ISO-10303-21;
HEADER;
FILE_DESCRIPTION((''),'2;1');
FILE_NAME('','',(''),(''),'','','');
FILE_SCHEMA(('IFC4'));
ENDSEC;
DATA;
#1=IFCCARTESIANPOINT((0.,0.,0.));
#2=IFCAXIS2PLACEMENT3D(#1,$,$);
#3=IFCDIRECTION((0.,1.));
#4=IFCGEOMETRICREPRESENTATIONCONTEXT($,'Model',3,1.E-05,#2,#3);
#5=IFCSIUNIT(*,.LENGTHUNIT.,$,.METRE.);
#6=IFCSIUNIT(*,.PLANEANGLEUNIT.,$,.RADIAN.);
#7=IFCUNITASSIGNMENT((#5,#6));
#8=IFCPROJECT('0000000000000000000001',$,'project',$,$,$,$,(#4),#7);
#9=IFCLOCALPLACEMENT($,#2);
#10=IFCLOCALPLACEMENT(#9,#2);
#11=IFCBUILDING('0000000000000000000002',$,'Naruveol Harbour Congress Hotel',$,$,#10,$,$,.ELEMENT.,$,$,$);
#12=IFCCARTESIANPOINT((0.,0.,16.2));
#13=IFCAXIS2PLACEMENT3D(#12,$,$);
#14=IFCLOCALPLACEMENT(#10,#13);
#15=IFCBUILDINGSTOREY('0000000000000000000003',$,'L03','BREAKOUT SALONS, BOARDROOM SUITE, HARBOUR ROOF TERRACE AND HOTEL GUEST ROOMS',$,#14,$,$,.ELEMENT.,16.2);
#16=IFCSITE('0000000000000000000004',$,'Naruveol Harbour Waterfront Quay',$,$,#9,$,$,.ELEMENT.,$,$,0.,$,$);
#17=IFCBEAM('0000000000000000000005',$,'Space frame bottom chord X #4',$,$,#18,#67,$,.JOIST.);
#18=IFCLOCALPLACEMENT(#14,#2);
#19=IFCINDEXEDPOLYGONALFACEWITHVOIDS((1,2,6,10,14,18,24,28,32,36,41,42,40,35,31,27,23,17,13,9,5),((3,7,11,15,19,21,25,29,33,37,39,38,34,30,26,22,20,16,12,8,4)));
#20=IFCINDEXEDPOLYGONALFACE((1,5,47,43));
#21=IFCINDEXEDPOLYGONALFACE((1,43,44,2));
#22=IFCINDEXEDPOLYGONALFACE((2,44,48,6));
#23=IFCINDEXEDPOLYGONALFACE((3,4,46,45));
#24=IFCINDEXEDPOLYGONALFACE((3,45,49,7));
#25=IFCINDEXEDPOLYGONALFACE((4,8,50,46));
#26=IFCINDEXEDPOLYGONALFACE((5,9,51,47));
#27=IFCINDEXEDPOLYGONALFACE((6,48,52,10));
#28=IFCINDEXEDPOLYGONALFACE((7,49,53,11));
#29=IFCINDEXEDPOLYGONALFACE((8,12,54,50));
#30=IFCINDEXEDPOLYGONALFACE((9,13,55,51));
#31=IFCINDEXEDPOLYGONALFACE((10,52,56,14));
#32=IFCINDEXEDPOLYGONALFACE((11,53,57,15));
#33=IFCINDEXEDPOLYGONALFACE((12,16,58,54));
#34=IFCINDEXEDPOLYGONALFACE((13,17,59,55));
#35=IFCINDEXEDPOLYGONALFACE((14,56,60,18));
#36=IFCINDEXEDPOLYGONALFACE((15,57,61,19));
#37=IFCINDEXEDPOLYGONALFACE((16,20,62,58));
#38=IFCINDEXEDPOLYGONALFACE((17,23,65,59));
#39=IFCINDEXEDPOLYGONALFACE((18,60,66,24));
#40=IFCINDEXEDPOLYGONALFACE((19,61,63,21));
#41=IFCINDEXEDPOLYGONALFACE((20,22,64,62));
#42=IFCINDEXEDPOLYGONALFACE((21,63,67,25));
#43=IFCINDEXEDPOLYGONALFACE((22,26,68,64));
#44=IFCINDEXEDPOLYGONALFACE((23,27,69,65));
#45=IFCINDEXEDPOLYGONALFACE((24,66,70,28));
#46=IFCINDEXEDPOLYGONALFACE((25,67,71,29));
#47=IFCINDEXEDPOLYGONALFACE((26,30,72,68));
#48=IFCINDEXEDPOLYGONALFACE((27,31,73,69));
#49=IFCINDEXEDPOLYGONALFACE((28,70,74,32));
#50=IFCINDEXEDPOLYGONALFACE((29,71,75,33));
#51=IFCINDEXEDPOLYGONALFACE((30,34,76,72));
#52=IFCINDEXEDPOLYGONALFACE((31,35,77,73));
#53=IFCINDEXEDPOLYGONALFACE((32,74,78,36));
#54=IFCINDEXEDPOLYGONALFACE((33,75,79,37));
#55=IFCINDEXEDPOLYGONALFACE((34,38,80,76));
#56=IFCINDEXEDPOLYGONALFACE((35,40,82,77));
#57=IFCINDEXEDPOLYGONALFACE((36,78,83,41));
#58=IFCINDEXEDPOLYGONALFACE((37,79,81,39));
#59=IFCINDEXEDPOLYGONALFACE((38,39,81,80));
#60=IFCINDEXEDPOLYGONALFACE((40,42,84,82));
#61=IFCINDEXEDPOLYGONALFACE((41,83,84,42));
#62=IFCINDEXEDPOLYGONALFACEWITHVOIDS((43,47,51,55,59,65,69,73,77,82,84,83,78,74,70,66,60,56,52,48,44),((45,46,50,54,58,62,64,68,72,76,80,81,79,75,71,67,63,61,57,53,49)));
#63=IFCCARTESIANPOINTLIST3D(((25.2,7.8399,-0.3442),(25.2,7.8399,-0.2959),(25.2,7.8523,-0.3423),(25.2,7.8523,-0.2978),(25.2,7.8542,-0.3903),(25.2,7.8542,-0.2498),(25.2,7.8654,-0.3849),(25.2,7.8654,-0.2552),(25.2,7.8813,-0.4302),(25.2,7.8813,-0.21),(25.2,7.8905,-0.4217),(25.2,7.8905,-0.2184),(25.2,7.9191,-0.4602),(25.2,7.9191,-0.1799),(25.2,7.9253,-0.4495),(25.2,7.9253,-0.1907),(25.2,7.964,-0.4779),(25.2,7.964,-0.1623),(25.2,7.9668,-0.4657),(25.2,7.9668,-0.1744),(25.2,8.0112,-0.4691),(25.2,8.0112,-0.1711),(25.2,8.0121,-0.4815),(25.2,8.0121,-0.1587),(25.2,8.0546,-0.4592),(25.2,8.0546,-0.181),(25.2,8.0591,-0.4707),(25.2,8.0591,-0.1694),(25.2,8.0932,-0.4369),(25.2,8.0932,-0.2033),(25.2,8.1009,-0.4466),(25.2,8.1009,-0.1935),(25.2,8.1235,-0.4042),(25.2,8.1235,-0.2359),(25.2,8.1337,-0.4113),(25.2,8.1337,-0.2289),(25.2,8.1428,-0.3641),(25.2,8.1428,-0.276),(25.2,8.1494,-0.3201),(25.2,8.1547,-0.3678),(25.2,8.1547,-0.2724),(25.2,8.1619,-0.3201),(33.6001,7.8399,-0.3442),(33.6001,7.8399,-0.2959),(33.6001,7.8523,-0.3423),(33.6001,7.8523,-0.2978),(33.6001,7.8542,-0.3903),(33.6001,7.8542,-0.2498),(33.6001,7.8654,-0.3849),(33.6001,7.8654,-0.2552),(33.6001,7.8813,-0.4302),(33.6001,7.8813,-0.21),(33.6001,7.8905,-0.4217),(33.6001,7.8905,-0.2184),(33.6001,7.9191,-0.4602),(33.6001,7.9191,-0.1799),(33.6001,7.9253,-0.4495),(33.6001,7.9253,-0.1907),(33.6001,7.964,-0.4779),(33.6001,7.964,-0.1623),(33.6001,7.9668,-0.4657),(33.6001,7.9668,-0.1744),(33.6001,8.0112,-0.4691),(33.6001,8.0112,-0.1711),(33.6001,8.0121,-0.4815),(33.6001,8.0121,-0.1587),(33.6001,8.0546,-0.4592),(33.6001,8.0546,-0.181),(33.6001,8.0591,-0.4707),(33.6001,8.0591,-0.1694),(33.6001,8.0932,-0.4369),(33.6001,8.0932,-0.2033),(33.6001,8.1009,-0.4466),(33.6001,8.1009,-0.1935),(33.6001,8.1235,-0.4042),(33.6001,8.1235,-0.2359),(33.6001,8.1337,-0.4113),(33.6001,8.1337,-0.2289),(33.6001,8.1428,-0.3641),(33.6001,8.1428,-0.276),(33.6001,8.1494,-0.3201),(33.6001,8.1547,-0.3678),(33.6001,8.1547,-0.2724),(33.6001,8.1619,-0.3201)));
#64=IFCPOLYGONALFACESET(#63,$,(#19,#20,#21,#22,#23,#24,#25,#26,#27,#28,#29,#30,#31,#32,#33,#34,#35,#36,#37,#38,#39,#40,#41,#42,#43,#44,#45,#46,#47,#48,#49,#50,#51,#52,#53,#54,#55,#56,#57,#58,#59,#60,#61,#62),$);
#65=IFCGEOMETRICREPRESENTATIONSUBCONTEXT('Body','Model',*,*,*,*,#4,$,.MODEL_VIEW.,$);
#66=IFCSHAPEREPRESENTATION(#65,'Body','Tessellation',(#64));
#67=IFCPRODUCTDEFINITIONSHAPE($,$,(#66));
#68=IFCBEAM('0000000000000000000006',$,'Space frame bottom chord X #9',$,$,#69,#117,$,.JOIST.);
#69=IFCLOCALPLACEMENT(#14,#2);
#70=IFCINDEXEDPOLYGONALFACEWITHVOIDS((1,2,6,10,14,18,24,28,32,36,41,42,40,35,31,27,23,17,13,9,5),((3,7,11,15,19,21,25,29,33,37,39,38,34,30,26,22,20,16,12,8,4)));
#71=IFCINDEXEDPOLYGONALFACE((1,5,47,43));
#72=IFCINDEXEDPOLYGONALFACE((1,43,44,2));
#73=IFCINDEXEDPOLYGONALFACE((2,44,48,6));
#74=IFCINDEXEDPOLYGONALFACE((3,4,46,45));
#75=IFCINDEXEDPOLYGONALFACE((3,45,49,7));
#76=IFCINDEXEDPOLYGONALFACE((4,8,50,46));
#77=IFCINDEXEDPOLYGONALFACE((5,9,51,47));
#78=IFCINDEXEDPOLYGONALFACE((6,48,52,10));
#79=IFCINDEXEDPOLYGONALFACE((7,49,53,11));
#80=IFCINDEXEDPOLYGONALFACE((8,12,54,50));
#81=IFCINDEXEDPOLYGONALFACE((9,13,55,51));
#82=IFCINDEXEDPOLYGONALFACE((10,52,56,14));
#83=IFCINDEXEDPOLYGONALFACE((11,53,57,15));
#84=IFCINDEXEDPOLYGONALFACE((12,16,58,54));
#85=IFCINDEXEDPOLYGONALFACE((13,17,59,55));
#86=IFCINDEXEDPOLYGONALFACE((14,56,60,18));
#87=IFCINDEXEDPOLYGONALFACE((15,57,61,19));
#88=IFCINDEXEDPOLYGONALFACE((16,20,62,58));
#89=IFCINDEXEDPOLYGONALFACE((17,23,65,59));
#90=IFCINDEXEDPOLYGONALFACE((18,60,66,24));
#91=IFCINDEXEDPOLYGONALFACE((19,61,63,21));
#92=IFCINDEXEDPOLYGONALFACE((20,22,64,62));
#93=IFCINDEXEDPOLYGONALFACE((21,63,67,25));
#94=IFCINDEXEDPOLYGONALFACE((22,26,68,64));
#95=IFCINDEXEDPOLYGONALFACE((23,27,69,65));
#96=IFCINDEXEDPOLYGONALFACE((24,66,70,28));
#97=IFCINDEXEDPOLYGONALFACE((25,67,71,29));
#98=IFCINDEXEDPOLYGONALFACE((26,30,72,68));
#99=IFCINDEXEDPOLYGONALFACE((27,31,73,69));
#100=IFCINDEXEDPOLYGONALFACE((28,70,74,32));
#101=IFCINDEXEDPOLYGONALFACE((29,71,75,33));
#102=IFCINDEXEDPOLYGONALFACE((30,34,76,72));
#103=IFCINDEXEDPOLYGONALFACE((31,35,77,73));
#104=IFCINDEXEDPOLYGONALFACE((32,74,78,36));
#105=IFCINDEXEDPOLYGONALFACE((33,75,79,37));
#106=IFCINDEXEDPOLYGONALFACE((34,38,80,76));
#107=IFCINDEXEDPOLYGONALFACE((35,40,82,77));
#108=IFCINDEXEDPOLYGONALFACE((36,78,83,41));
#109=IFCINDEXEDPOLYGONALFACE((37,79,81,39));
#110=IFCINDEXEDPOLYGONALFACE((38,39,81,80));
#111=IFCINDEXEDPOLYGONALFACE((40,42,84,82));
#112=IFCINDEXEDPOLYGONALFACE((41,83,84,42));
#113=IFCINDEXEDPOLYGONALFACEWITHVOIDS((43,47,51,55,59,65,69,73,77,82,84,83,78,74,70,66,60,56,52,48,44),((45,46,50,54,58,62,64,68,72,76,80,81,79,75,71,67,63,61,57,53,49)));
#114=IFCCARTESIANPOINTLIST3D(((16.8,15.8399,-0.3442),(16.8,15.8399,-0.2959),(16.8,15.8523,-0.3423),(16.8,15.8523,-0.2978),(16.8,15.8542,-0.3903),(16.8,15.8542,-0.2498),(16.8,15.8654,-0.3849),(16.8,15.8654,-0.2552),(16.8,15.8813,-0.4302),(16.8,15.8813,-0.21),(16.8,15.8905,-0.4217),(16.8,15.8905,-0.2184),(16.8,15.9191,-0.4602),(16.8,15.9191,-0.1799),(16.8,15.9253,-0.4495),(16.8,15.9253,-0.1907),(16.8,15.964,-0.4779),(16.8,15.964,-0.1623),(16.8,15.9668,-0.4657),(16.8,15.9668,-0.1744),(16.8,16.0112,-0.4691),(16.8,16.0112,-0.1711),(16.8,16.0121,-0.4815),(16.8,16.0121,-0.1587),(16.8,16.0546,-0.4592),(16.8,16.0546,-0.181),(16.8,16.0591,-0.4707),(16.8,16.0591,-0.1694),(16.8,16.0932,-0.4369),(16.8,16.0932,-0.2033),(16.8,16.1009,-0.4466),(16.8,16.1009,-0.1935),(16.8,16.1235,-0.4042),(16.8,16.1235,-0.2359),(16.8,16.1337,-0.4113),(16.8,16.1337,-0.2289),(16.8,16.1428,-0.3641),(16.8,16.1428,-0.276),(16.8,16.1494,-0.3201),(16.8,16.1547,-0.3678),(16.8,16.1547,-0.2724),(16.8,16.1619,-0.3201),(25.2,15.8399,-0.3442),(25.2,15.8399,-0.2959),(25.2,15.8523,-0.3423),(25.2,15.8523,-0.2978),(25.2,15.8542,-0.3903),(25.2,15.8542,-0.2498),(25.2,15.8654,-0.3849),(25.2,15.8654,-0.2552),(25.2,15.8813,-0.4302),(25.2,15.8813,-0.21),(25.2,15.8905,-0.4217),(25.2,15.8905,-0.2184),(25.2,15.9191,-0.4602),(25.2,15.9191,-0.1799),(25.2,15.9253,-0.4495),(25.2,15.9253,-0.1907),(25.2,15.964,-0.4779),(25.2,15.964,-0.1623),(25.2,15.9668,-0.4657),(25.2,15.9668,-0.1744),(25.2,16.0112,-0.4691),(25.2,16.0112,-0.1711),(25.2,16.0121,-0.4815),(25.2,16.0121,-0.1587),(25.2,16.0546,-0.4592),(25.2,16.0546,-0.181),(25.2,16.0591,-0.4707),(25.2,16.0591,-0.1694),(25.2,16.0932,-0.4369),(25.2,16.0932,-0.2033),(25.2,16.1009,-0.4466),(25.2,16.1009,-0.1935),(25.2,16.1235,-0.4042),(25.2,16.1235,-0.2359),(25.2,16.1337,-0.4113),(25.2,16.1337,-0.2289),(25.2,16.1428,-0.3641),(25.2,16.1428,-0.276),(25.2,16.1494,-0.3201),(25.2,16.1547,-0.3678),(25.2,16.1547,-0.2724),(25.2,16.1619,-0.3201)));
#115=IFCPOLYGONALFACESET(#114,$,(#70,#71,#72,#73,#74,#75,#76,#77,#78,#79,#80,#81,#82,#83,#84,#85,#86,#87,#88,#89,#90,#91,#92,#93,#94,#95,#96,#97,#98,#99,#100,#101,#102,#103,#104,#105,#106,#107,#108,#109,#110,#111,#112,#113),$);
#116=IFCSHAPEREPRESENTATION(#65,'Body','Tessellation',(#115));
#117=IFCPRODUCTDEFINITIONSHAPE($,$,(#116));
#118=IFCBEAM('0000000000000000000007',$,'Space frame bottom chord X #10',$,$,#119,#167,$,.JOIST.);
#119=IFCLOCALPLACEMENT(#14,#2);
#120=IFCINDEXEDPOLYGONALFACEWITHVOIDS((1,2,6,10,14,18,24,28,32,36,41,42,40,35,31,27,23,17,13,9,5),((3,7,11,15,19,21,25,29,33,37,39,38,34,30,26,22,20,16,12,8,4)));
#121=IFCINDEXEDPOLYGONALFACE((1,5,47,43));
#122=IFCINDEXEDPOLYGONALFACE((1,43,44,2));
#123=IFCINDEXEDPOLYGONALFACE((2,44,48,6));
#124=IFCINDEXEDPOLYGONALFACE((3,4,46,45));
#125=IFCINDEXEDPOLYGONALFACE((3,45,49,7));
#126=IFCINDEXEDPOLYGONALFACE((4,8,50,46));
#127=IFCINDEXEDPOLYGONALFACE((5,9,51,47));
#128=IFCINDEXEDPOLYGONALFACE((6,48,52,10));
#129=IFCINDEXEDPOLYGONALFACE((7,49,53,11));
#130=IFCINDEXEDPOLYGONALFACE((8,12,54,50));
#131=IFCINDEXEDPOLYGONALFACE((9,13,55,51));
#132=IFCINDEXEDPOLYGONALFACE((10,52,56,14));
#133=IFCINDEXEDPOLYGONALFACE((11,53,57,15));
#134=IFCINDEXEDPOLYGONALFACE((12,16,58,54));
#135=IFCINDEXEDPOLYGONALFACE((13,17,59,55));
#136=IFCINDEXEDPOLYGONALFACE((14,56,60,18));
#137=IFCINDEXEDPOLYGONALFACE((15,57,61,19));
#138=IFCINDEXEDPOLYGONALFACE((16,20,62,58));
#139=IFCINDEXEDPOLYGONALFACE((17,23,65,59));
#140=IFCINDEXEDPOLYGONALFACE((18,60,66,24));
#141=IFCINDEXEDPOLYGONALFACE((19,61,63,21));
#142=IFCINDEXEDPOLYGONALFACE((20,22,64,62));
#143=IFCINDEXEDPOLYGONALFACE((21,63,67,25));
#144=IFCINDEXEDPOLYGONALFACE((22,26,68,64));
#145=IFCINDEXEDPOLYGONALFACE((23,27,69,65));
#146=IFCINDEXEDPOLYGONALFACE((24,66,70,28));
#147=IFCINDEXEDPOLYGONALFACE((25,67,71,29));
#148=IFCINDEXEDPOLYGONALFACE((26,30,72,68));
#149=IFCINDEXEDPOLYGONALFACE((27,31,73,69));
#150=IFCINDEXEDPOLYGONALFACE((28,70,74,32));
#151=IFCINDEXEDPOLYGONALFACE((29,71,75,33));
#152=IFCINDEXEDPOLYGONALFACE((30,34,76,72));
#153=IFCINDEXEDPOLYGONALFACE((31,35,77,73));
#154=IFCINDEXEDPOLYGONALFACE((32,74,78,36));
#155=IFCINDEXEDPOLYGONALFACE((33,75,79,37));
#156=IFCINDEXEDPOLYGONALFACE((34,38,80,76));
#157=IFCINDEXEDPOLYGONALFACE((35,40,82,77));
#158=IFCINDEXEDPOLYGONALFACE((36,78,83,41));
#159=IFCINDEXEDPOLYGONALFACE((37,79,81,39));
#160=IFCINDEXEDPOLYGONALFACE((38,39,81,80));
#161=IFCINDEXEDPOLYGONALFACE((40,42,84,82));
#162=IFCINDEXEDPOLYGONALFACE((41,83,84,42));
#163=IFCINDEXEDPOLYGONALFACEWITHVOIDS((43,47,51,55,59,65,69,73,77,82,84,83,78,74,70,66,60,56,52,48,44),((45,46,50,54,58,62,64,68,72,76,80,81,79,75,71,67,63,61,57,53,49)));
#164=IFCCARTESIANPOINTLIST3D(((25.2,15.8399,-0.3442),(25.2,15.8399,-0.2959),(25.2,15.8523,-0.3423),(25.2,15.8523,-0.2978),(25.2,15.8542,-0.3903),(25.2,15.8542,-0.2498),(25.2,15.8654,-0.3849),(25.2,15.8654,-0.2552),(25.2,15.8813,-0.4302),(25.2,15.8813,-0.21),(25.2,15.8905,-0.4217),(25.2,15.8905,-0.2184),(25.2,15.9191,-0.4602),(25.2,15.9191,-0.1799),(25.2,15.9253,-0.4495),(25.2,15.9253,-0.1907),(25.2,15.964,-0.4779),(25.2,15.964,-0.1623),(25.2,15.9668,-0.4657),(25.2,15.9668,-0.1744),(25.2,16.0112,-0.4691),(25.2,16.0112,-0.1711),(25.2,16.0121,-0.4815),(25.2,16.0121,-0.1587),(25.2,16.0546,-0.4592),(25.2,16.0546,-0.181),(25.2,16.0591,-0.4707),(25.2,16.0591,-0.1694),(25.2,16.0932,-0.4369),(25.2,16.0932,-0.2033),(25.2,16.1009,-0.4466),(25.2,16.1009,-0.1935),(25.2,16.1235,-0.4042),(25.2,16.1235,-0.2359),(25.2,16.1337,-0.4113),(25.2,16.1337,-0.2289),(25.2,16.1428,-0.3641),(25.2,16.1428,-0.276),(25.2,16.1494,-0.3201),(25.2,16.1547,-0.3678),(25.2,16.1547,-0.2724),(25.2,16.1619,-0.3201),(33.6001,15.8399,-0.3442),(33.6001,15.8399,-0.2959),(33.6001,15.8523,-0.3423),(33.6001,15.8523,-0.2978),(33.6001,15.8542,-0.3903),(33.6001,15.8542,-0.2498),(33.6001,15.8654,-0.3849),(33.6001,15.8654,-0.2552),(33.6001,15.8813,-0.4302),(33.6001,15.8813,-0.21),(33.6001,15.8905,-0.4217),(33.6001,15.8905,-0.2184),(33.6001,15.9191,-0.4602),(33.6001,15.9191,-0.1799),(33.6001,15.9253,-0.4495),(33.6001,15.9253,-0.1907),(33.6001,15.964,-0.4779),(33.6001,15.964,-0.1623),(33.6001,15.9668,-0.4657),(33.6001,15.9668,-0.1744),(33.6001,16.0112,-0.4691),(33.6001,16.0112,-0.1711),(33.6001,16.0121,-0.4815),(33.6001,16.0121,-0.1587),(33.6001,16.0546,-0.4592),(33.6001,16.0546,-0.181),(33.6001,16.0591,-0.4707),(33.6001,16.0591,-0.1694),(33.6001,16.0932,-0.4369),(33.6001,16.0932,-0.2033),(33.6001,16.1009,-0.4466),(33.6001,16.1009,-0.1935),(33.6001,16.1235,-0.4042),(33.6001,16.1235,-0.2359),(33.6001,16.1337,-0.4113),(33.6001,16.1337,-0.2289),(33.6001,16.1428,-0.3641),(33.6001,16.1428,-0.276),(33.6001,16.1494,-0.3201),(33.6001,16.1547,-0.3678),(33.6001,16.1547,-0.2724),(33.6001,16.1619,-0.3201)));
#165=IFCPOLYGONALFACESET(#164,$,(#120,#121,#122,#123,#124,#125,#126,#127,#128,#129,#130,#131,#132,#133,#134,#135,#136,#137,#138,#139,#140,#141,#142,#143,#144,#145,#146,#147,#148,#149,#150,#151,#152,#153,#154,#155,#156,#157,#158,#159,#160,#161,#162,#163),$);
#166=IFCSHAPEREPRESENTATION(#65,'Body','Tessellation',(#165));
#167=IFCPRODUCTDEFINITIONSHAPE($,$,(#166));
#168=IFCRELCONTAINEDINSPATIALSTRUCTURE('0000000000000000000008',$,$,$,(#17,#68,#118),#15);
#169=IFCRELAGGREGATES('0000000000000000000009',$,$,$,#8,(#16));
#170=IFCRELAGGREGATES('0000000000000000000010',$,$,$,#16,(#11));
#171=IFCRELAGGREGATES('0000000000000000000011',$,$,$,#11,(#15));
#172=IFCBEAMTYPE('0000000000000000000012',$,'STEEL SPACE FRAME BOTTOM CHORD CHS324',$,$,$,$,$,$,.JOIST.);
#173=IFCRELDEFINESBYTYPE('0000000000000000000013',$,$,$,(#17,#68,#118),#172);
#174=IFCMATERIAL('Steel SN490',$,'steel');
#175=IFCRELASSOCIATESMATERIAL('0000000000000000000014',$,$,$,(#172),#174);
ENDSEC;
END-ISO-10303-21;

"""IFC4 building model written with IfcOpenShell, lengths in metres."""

from ifc_helpers import new_model, si_unit, direction, frame, origin, origin_2d, place, context, subcontext, project, spatial, hollow_circle, extrude, material, material_profile, profile_set, type_object, element, save


model = new_model("IFC4")

# Units and contexts
model_context = context("Model", 3, precision=1e-05, world=origin(), true_north=direction((0.0, 1.0)))
body_context = subcontext(model_context, "Body", "Model", "MODEL_VIEW")
ifc_project = project(units=[si_unit("LENGTHUNIT", "METRE"), si_unit("PLANEANGLEUNIT", "RADIAN")], contexts=[model_context])

# Site, building, storey
site_placement = place(None, origin())
site = spatial("IfcSite", under=ifc_project, at=site_placement, Name="Naruveol Harbour Waterfront Quay", CompositionType="ELEMENT", RefElevation=0.0)
building_placement = place(site_placement, origin())
building = spatial("IfcBuilding", under=site, at=building_placement, Name="Naruveol Harbour Congress Hotel", CompositionType="ELEMENT")
storey_placement = place(building_placement, frame((0.0, 0.0, 16.2)))
storey = spatial("IfcBuildingStorey", under=building, at=storey_placement, Name="L03", Description="BREAKOUT SALONS, BOARDROOM SUITE, HARBOUR ROOF TERRACE AND HOTEL GUEST ROOMS", CompositionType="ELEMENT", Elevation=16.2)

# Beams
ifc_material_1 = material(Name="Steel SN490", Category="steel")
ifc_material_profile_1 = material_profile(ifc_material_1, hollow_circle(Radius=0.1619, WallThickness=0.0125, at=origin_2d()), Name="CHS-323.9x12.5")
ifc_profile_set_1 = profile_set([ifc_material_profile_1], Name="Steel SN490")
beam_type_1 = type_object("IfcBeamType", Name="STEEL SPACE FRAME BOTTOM CHORD CHS324", PredefinedType="JOIST", material=ifc_profile_set_1)
beam_1_placement = place(storey_placement, frame((25.2, 8.0, -0.3201), z_axis=(1.0, 0.0, 0.0), x_axis=(0.0, 1.0, 0.0)))
element("IfcBeam", 1, at=beam_1_placement, inside=storey, type_object=beam_type_1, Name="Space frame bottom chord X #4", PredefinedType="JOIST", context=body_context, shape_type="SweptSolid", body=[
    extrude(hollow_circle(Radius=0.1619, WallThickness=0.0125, at=origin_2d()), origin(), (0.0, 0.0, 1.0), 8.4001),
])
beam_2_placement = place(storey_placement, frame((16.8, 16.0, -0.3201), z_axis=(1.0, 0.0, 0.0), x_axis=(0.0, 1.0, 0.0)))
element("IfcBeam", 2, at=beam_2_placement, inside=storey, type_object=beam_type_1, Name="Space frame bottom chord X #9", PredefinedType="JOIST", context=body_context, shape_type="SweptSolid", body=[
    extrude(hollow_circle(Radius=0.1619, WallThickness=0.0125, at=origin_2d()), origin(), (0.0, 0.0, 1.0), 8.3999),
])
beam_3_placement = place(storey_placement, frame((25.2, 16.0, -0.3201), z_axis=(1.0, 0.0, 0.0), x_axis=(0.0, 1.0, 0.0)))
element("IfcBeam", 3, at=beam_3_placement, inside=storey, type_object=beam_type_1, Name="Space frame bottom chord X #10", PredefinedType="JOIST", context=body_context, shape_type="SweptSolid", body=[
    extrude(hollow_circle(Radius=0.1619, WallThickness=0.0125, at=origin_2d()), origin(), (0.0, 0.0, 1.0), 8.4001),
])

save(model, "model.ifc")
